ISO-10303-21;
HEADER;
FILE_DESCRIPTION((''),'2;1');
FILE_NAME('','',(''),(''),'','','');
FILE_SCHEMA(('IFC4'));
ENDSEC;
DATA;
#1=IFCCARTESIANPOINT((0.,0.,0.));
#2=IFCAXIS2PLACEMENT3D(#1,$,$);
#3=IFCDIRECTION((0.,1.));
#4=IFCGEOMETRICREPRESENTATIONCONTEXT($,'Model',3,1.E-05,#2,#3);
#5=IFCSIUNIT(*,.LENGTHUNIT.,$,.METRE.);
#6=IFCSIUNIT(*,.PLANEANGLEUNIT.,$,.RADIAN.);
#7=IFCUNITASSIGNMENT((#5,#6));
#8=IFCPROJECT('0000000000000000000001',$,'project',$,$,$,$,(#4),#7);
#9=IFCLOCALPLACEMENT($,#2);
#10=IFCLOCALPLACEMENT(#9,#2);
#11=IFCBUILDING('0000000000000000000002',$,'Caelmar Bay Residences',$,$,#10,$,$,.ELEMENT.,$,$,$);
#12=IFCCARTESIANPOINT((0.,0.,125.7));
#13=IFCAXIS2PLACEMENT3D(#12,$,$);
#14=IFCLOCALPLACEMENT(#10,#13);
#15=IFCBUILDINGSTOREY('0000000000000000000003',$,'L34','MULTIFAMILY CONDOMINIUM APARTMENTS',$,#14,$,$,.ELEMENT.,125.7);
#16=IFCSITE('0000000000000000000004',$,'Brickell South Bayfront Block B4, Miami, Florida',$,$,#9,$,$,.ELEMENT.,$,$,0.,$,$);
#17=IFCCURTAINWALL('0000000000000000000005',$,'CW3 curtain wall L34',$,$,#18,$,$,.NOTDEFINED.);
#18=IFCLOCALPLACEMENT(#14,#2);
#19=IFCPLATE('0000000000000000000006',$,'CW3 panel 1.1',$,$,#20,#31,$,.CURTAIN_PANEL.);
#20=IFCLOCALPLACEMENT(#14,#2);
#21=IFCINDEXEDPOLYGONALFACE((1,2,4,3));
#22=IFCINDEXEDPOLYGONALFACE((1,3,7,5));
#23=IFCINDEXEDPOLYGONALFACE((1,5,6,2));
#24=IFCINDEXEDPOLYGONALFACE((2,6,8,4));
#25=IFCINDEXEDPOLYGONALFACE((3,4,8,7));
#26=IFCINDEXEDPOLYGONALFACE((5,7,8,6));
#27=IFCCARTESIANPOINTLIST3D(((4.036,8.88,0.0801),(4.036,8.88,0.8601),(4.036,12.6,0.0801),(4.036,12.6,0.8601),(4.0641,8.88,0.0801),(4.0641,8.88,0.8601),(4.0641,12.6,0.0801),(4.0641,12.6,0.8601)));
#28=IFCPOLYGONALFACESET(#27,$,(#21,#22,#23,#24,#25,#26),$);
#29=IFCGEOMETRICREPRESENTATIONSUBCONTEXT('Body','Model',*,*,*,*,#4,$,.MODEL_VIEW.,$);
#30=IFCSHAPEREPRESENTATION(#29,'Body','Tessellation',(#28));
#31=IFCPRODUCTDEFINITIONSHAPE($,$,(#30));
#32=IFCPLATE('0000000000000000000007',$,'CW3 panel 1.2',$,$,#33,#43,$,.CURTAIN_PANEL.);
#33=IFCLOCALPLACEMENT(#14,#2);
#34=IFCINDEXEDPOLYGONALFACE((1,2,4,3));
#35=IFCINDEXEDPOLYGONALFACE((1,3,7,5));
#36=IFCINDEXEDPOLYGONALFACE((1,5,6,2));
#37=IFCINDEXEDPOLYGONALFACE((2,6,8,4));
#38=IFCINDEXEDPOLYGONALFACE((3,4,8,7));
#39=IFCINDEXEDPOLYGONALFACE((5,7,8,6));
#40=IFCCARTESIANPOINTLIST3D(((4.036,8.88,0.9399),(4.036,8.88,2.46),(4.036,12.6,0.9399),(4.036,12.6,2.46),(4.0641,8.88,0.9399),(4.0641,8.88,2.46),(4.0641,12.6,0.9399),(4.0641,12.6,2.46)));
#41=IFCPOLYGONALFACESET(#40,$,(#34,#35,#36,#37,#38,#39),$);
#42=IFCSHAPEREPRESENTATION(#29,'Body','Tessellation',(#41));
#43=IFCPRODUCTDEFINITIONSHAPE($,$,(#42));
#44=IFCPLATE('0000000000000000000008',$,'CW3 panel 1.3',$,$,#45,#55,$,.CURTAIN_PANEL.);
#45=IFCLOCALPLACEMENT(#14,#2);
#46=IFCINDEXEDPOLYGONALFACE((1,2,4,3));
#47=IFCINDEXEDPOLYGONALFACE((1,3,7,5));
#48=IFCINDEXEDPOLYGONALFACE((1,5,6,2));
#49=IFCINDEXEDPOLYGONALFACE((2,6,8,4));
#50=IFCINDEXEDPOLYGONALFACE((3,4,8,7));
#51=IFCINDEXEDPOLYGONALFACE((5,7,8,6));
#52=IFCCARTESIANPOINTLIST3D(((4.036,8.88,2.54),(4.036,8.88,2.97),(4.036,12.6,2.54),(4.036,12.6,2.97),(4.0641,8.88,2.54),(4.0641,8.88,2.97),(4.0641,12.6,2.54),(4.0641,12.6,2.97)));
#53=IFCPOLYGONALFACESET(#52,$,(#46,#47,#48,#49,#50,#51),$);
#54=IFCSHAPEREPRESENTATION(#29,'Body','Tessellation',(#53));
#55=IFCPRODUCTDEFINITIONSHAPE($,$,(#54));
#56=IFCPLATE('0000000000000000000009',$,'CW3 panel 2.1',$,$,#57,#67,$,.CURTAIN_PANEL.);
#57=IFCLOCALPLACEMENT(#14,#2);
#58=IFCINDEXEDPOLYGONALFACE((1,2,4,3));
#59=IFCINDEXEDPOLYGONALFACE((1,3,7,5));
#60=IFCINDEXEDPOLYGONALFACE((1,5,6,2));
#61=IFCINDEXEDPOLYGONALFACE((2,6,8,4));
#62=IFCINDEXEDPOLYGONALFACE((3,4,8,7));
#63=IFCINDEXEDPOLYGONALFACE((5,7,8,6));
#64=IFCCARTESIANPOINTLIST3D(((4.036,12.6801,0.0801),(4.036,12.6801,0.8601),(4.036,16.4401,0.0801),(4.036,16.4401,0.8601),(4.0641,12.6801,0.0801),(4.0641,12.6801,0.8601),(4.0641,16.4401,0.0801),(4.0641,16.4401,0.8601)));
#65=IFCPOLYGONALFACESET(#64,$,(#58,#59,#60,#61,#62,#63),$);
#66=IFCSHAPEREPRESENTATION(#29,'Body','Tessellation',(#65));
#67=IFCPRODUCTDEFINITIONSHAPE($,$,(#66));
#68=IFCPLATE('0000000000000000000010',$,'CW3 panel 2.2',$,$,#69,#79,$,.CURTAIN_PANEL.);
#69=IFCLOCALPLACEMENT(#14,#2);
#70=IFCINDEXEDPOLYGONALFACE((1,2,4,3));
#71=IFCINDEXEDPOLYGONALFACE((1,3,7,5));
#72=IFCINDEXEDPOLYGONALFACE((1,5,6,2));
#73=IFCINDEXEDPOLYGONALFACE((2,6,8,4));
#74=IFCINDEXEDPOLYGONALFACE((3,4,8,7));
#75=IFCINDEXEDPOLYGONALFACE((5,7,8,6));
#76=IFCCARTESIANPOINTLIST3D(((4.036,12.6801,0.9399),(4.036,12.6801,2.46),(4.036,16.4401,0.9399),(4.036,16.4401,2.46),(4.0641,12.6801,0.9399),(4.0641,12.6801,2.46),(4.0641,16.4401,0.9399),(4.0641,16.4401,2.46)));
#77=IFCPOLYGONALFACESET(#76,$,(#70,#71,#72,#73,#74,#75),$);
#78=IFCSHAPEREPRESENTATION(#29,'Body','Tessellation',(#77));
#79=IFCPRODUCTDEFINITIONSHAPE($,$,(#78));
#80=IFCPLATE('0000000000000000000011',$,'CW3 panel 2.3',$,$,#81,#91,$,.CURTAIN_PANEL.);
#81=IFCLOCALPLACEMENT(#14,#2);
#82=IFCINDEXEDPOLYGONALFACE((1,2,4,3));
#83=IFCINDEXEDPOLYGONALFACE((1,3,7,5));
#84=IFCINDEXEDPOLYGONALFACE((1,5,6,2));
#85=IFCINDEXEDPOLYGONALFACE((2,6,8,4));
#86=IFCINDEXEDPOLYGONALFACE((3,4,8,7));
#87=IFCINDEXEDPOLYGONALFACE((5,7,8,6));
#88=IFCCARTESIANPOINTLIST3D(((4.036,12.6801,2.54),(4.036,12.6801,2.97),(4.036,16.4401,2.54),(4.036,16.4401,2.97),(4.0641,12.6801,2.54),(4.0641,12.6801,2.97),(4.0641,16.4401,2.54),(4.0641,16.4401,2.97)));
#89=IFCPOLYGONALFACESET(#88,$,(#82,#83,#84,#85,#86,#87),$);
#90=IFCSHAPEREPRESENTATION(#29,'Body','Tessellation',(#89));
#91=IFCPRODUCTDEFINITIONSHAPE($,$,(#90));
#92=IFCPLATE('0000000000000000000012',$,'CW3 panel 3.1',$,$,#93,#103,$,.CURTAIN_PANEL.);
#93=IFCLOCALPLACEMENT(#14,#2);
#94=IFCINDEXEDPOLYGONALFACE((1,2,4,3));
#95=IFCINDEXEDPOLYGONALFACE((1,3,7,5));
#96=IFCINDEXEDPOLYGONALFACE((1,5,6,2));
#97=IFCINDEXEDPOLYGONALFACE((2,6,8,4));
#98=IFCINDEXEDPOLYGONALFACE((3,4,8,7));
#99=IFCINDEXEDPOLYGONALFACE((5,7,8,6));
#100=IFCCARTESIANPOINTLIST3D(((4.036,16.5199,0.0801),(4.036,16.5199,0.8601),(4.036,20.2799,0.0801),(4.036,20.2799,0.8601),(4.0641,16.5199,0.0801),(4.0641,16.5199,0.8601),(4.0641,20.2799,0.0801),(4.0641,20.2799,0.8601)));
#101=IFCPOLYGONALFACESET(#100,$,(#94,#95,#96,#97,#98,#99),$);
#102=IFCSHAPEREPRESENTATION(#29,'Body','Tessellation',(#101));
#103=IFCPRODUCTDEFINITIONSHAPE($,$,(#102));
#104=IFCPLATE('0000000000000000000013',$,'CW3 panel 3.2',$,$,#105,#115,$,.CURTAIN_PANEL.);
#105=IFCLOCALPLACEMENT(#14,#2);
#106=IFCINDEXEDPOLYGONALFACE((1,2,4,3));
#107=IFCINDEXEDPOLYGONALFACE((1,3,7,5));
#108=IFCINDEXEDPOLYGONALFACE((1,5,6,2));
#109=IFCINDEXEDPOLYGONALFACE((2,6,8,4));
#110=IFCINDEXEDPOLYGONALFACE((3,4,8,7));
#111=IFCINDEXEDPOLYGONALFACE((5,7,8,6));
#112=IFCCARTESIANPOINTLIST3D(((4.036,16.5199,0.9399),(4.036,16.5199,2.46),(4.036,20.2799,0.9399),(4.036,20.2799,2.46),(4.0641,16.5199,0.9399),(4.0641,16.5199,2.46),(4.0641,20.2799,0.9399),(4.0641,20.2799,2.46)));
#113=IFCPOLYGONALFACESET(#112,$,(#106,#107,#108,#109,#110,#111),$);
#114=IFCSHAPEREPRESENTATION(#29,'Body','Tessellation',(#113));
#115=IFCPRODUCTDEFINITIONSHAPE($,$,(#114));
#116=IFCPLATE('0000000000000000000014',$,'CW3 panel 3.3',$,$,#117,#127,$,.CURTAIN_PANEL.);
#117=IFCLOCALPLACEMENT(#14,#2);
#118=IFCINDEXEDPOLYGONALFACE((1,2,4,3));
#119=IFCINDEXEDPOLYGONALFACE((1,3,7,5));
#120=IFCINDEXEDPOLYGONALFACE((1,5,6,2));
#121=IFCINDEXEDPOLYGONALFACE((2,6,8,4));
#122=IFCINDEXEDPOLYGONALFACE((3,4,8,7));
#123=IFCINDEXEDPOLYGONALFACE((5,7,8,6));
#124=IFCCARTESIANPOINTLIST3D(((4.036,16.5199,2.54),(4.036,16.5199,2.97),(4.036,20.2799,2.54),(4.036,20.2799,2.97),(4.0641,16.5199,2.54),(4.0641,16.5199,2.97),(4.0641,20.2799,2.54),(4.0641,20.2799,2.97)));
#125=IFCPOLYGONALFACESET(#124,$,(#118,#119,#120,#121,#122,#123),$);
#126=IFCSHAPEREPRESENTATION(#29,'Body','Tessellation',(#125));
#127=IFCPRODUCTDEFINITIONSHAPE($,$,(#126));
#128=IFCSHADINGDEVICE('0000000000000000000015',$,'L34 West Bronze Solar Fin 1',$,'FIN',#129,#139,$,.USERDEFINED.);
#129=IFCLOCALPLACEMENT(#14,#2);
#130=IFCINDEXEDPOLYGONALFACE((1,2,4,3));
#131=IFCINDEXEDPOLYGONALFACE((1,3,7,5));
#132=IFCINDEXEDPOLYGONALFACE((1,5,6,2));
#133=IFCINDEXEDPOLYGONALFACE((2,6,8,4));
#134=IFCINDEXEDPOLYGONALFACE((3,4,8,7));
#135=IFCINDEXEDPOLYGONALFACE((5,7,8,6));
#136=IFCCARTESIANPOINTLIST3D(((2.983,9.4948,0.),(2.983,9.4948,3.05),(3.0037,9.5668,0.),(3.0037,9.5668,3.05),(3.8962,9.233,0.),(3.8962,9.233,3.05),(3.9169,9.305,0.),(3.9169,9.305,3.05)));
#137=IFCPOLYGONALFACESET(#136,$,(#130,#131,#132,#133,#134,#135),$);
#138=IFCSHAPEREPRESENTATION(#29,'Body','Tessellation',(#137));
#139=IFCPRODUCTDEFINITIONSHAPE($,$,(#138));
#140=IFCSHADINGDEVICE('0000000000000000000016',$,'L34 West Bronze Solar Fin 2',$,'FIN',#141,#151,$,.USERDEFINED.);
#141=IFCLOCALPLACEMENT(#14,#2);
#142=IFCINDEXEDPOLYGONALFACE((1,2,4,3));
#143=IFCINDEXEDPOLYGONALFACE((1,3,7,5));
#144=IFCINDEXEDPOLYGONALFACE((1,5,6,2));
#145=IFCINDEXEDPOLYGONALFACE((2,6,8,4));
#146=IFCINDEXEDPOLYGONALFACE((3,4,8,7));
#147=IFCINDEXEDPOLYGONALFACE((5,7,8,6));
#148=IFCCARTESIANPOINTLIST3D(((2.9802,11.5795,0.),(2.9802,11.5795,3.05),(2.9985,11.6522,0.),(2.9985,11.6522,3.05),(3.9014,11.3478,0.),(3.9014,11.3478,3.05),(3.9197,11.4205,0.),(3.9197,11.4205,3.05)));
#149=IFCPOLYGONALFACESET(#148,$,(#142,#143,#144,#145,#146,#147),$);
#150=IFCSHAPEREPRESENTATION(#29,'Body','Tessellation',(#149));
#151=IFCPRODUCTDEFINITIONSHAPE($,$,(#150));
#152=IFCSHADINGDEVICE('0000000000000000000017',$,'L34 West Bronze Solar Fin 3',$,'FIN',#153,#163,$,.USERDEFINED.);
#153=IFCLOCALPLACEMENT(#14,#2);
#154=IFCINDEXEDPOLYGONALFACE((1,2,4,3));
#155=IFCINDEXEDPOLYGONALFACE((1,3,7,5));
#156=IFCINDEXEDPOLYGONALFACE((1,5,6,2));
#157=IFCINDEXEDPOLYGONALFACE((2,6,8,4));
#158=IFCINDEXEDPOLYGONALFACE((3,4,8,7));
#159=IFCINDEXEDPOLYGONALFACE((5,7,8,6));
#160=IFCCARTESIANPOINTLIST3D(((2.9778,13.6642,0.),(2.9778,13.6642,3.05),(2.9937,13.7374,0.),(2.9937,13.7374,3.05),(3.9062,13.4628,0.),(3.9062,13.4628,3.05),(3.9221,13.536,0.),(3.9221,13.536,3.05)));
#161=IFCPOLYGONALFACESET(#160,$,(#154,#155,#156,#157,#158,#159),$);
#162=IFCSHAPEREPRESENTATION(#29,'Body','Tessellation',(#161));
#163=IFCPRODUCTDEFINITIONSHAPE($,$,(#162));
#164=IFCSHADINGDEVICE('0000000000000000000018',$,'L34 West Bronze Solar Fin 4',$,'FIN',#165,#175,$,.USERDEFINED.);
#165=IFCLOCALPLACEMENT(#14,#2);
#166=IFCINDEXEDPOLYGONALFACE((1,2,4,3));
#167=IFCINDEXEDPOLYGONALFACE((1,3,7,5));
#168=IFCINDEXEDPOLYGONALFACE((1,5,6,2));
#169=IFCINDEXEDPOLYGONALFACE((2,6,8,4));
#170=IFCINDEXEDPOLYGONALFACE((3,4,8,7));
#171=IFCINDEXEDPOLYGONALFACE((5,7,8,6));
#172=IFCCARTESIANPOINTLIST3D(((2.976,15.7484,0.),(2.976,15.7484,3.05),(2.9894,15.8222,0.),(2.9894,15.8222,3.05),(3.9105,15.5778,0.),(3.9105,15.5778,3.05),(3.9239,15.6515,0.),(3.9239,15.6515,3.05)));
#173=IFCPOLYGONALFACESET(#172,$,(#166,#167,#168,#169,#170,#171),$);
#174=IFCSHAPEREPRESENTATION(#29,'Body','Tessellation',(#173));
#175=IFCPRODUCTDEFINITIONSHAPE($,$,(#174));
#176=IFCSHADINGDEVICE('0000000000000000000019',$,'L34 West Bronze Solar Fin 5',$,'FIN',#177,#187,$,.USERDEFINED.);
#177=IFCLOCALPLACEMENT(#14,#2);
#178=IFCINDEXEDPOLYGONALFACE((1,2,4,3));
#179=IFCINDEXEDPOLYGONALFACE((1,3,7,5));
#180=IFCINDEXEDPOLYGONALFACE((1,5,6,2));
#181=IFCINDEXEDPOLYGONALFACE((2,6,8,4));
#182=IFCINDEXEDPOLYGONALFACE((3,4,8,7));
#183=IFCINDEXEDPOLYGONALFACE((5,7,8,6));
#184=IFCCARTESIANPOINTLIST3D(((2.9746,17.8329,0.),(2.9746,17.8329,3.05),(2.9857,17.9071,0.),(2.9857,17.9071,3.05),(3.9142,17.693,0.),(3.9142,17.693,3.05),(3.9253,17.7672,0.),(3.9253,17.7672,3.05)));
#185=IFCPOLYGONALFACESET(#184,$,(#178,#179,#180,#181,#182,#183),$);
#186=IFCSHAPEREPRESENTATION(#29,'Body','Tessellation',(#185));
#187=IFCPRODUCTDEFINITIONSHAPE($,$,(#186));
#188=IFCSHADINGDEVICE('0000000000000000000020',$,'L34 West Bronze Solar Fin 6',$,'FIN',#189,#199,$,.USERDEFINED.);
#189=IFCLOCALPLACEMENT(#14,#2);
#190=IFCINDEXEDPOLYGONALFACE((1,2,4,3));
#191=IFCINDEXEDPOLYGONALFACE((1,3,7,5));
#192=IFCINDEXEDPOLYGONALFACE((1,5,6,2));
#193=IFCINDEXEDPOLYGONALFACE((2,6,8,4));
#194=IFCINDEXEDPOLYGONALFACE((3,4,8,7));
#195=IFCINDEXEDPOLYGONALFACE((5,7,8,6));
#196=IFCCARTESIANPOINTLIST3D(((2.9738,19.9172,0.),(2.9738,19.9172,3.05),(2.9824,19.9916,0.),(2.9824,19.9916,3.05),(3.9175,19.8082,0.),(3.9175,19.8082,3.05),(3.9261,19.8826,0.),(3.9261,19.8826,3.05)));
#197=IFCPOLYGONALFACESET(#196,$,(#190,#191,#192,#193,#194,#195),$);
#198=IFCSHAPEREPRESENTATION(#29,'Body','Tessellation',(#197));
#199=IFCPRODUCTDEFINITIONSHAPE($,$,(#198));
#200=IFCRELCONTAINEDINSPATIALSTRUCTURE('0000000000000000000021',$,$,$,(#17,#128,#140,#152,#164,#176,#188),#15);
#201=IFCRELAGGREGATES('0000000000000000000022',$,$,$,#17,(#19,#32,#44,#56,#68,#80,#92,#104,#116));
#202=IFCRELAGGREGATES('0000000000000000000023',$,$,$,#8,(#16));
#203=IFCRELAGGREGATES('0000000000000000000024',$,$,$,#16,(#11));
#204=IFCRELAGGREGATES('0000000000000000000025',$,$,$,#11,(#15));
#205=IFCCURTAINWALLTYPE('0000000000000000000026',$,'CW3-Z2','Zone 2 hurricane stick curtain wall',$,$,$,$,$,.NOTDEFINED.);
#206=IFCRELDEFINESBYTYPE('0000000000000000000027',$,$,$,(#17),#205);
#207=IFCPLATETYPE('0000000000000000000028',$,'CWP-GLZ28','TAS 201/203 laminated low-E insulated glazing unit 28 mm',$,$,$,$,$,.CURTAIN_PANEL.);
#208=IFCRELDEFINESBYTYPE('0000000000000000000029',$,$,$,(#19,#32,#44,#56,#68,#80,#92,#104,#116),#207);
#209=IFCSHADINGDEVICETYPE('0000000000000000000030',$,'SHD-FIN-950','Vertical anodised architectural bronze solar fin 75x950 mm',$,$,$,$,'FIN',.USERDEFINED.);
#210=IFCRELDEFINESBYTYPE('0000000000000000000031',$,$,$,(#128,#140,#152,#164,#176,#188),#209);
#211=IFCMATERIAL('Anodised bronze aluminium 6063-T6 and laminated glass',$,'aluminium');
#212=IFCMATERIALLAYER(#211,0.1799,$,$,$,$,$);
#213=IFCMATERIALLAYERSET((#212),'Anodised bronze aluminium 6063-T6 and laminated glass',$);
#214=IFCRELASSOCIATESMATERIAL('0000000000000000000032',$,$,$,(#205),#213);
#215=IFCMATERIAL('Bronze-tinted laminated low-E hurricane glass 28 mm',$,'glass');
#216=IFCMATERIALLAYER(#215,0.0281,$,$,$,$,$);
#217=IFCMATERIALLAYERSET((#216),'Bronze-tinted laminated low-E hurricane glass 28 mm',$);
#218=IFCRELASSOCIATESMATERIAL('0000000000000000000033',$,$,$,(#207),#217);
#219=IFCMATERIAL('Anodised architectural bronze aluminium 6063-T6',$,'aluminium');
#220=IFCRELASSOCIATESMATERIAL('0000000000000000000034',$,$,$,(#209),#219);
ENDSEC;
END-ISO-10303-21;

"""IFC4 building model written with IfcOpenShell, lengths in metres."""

from ifc_helpers import new_model, si_unit, direction, frame, origin, origin_2d, place, context, subcontext, project, spatial, rectangle, extrude, material, layer, layer_set, material_profile, profile_set, type_object, element, aggregate, save


model = new_model("IFC4")

# Units and contexts
model_context = context("Model", 3, precision=1e-05, world=origin(), true_north=direction((0.0, 1.0)))
body_context = subcontext(model_context, "Body", "Model", "MODEL_VIEW")
ifc_project = project(units=[si_unit("LENGTHUNIT", "METRE"), si_unit("PLANEANGLEUNIT", "RADIAN")], contexts=[model_context])

# Site, building, storey
site_placement = place(None, origin())
site = spatial("IfcSite", under=ifc_project, at=site_placement, Name="Brickell South Bayfront Block B4, Miami, Florida", CompositionType="ELEMENT", RefElevation=0.0)
building_placement = place(site_placement, origin())
building = spatial("IfcBuilding", under=site, at=building_placement, Name="Caelmar Bay Residences", CompositionType="ELEMENT")
storey_placement = place(building_placement, frame((0.0, 0.0, 125.7)))
storey = spatial("IfcBuildingStorey", under=building, at=storey_placement, Name="L34", Description="MULTIFAMILY CONDOMINIUM APARTMENTS", CompositionType="ELEMENT", Elevation=125.7)

# Curtain wall, plates
ifc_material_1 = material(Name="Anodised bronze aluminium 6063-T6 and laminated glass", Category="aluminium")
ifc_layer_1 = layer(ifc_material_1, 0.1799)
ifc_layer_set_1 = layer_set([ifc_layer_1], Name="Anodised bronze aluminium 6063-T6 and laminated glass")
curtain_wall_type = type_object("IfcCurtainWallType", Name="CW3-Z2", Description="Zone 2 hurricane stick curtain wall", PredefinedType="NOTDEFINED", material=ifc_layer_set_1)
curtain_wall_placement = place(storey_placement, origin())
curtain_wall = element("IfcCurtainWall", 1, at=curtain_wall_placement, inside=storey, type_object=curtain_wall_type, Name="CW3 curtain wall L34", PredefinedType="NOTDEFINED")
ifc_material_2 = material(Name="Bronze-tinted laminated low-E hurricane glass 28 mm", Category="glass")
ifc_layer_2 = layer(ifc_material_2, 0.0281)
ifc_layer_set_2 = layer_set([ifc_layer_2], Name="Bronze-tinted laminated low-E hurricane glass 28 mm")
plate_type = type_object("IfcPlateType", Name="CWP-GLZ28", Description="TAS 201/203 laminated low-E insulated glazing unit 28 mm", PredefinedType="CURTAIN_PANEL", material=ifc_layer_set_2)
plate_1_placement = place(storey_placement, frame((4.05, 10.74, 0.0801), z_axis=(0.0, 0.0, 1.0), x_axis=(0.0, 1.0, 0.0)))
plate_1 = element("IfcPlate", 2, at=plate_1_placement, type_object=plate_type, Name="CW3 panel 1.1", PredefinedType="CURTAIN_PANEL", context=body_context, shape_type="SweptSolid", body=[
    extrude(rectangle(XDim=3.72, YDim=0.0281, at=origin_2d()), origin(), (0.0, 0.0, 1.0), 0.78),
])
plate_2_placement = place(storey_placement, frame((4.05, 10.74, 0.9399), z_axis=(0.0, 0.0, 1.0), x_axis=(0.0, 1.0, 0.0)))
plate_2 = element("IfcPlate", 3, at=plate_2_placement, type_object=plate_type, Name="CW3 panel 1.2", PredefinedType="CURTAIN_PANEL", context=body_context, shape_type="SweptSolid", body=[
    extrude(rectangle(XDim=3.72, YDim=0.0281, at=origin_2d()), origin(), (0.0, 0.0, 1.0), 1.52),
])
plate_3_placement = place(storey_placement, frame((4.05, 10.74, 2.54), z_axis=(0.0, 0.0, 1.0), x_axis=(0.0, 1.0, 0.0)))
plate_3 = element("IfcPlate", 4, at=plate_3_placement, type_object=plate_type, Name="CW3 panel 1.3", PredefinedType="CURTAIN_PANEL", context=body_context, shape_type="SweptSolid", body=[
    extrude(rectangle(XDim=3.72, YDim=0.0281, at=origin_2d()), origin(), (0.0, 0.0, 1.0), 0.4299),
])
plate_4_placement = place(storey_placement, frame((4.05, 14.5601, 0.0801), z_axis=(0.0, 0.0, 1.0), x_axis=(0.0, 1.0, 0.0)))
plate_4 = element("IfcPlate", 5, at=plate_4_placement, type_object=plate_type, Name="CW3 panel 2.1", PredefinedType="CURTAIN_PANEL", context=body_context, shape_type="SweptSolid", body=[
    extrude(rectangle(XDim=3.76, YDim=0.0281, at=origin_2d()), origin(), (0.0, 0.0, 1.0), 0.78),
])
plate_5_placement = place(storey_placement, frame((4.05, 14.5601, 0.9399), z_axis=(0.0, 0.0, 1.0), x_axis=(0.0, 1.0, 0.0)))
plate_5 = element("IfcPlate", 6, at=plate_5_placement, type_object=plate_type, Name="CW3 panel 2.2", PredefinedType="CURTAIN_PANEL", context=body_context, shape_type="SweptSolid", body=[
    extrude(rectangle(XDim=3.76, YDim=0.0281, at=origin_2d()), origin(), (0.0, 0.0, 1.0), 1.52),
])
plate_6_placement = place(storey_placement, frame((4.05, 14.5601, 2.54), z_axis=(0.0, 0.0, 1.0), x_axis=(0.0, 1.0, 0.0)))
plate_6 = element("IfcPlate", 7, at=plate_6_placement, type_object=plate_type, Name="CW3 panel 2.3", PredefinedType="CURTAIN_PANEL", context=body_context, shape_type="SweptSolid", body=[
    extrude(rectangle(XDim=3.76, YDim=0.0281, at=origin_2d()), origin(), (0.0, 0.0, 1.0), 0.4299),
])
plate_7_placement = place(storey_placement, frame((4.05, 18.3999, 0.0801), z_axis=(0.0, 0.0, 1.0), x_axis=(0.0, 1.0, 0.0)))
plate_7 = element("IfcPlate", 8, at=plate_7_placement, type_object=plate_type, Name="CW3 panel 3.1", PredefinedType="CURTAIN_PANEL", context=body_context, shape_type="SweptSolid", body=[
    extrude(rectangle(XDim=3.76, YDim=0.0281, at=origin_2d()), origin(), (0.0, 0.0, 1.0), 0.78),
])
plate_8_placement = place(storey_placement, frame((4.05, 18.3999, 0.9399), z_axis=(0.0, 0.0, 1.0), x_axis=(0.0, 1.0, 0.0)))
plate_8 = element("IfcPlate", 9, at=plate_8_placement, type_object=plate_type, Name="CW3 panel 3.2", PredefinedType="CURTAIN_PANEL", context=body_context, shape_type="SweptSolid", body=[
    extrude(rectangle(XDim=3.76, YDim=0.0281, at=origin_2d()), origin(), (0.0, 0.0, 1.0), 1.52),
])
plate_9_placement = place(storey_placement, frame((4.05, 18.3999, 2.54), z_axis=(0.0, 0.0, 1.0), x_axis=(0.0, 1.0, 0.0)))
plate_9 = element("IfcPlate", 10, at=plate_9_placement, type_object=plate_type, Name="CW3 panel 3.3", PredefinedType="CURTAIN_PANEL", context=body_context, shape_type="SweptSolid", body=[
    extrude(rectangle(XDim=3.76, YDim=0.0281, at=origin_2d()), origin(), (0.0, 0.0, 1.0), 0.4299),
])
aggregate(curtain_wall, [plate_1, plate_2, plate_3, plate_4, plate_5, plate_6, plate_7, plate_8, plate_9])

# Shading devices
ifc_material_3 = material(Name="Anodised architectural bronze aluminium 6063-T6", Category="aluminium")
ifc_material_profile_1 = material_profile(ifc_material_3, rectangle(XDim=0.075, YDim=0.95, at=origin_2d()), Name="BRONZE-FIN-75X950")
ifc_profile_set_1 = profile_set([ifc_material_profile_1], Name="Anodised architectural bronze aluminium 6063-T6")
shading_device_type = type_object("IfcShadingDeviceType", Name="SHD-FIN-950", Description="Vertical anodised architectural bronze solar fin 75x950 mm", ElementType="FIN", PredefinedType="USERDEFINED", material=ifc_profile_set_1)
for number, where, z_axis, x_axis, name in (
    (11, (3.45, 9.3999, 0.0), (0.0, 0.0, 1.0), (0.275637, 0.961262, 0.0), "L34 West Bronze Solar Fin 1"),
    (12, (3.45, 11.5, 0.0), (0.0, 0.0, 1.0), (0.243954, 0.969787, 0.0), "L34 West Bronze Solar Fin 2"),
    (13, (3.45, 13.6001, 0.0), (0.0, 0.0, 1.0), (0.212007, 0.977268, 0.0), "L34 West Bronze Solar Fin 3"),
    (14, (3.45, 15.7, 0.0), (0.0, 0.0, 1.0), (0.179661, 0.983729, 0.0), "L34 West Bronze Solar Fin 4"),
    (15, (3.45, 17.8, 0.0), (0.0, 0.0, 1.0), (0.147292, 0.989093, 0.0), "L34 West Bronze Solar Fin 5"),
    (16, (3.45, 19.8999, 0.0), (0.0, 0.0, 1.0), (0.114764, 0.993393, 0.0), "L34 West Bronze Solar Fin 6"),
):
    element("IfcShadingDevice", number, at=place(storey_placement, frame(where, z_axis=z_axis, x_axis=x_axis)), inside=storey, type_object=shading_device_type, Name=name, ObjectType="FIN", PredefinedType="USERDEFINED", context=body_context, shape_type="SweptSolid", body=[
        extrude(rectangle(XDim=0.075, YDim=0.95, at=origin_2d()), origin(), (0.0, 0.0, 1.0), 3.05),
    ])

save(model, "model.ifc")
